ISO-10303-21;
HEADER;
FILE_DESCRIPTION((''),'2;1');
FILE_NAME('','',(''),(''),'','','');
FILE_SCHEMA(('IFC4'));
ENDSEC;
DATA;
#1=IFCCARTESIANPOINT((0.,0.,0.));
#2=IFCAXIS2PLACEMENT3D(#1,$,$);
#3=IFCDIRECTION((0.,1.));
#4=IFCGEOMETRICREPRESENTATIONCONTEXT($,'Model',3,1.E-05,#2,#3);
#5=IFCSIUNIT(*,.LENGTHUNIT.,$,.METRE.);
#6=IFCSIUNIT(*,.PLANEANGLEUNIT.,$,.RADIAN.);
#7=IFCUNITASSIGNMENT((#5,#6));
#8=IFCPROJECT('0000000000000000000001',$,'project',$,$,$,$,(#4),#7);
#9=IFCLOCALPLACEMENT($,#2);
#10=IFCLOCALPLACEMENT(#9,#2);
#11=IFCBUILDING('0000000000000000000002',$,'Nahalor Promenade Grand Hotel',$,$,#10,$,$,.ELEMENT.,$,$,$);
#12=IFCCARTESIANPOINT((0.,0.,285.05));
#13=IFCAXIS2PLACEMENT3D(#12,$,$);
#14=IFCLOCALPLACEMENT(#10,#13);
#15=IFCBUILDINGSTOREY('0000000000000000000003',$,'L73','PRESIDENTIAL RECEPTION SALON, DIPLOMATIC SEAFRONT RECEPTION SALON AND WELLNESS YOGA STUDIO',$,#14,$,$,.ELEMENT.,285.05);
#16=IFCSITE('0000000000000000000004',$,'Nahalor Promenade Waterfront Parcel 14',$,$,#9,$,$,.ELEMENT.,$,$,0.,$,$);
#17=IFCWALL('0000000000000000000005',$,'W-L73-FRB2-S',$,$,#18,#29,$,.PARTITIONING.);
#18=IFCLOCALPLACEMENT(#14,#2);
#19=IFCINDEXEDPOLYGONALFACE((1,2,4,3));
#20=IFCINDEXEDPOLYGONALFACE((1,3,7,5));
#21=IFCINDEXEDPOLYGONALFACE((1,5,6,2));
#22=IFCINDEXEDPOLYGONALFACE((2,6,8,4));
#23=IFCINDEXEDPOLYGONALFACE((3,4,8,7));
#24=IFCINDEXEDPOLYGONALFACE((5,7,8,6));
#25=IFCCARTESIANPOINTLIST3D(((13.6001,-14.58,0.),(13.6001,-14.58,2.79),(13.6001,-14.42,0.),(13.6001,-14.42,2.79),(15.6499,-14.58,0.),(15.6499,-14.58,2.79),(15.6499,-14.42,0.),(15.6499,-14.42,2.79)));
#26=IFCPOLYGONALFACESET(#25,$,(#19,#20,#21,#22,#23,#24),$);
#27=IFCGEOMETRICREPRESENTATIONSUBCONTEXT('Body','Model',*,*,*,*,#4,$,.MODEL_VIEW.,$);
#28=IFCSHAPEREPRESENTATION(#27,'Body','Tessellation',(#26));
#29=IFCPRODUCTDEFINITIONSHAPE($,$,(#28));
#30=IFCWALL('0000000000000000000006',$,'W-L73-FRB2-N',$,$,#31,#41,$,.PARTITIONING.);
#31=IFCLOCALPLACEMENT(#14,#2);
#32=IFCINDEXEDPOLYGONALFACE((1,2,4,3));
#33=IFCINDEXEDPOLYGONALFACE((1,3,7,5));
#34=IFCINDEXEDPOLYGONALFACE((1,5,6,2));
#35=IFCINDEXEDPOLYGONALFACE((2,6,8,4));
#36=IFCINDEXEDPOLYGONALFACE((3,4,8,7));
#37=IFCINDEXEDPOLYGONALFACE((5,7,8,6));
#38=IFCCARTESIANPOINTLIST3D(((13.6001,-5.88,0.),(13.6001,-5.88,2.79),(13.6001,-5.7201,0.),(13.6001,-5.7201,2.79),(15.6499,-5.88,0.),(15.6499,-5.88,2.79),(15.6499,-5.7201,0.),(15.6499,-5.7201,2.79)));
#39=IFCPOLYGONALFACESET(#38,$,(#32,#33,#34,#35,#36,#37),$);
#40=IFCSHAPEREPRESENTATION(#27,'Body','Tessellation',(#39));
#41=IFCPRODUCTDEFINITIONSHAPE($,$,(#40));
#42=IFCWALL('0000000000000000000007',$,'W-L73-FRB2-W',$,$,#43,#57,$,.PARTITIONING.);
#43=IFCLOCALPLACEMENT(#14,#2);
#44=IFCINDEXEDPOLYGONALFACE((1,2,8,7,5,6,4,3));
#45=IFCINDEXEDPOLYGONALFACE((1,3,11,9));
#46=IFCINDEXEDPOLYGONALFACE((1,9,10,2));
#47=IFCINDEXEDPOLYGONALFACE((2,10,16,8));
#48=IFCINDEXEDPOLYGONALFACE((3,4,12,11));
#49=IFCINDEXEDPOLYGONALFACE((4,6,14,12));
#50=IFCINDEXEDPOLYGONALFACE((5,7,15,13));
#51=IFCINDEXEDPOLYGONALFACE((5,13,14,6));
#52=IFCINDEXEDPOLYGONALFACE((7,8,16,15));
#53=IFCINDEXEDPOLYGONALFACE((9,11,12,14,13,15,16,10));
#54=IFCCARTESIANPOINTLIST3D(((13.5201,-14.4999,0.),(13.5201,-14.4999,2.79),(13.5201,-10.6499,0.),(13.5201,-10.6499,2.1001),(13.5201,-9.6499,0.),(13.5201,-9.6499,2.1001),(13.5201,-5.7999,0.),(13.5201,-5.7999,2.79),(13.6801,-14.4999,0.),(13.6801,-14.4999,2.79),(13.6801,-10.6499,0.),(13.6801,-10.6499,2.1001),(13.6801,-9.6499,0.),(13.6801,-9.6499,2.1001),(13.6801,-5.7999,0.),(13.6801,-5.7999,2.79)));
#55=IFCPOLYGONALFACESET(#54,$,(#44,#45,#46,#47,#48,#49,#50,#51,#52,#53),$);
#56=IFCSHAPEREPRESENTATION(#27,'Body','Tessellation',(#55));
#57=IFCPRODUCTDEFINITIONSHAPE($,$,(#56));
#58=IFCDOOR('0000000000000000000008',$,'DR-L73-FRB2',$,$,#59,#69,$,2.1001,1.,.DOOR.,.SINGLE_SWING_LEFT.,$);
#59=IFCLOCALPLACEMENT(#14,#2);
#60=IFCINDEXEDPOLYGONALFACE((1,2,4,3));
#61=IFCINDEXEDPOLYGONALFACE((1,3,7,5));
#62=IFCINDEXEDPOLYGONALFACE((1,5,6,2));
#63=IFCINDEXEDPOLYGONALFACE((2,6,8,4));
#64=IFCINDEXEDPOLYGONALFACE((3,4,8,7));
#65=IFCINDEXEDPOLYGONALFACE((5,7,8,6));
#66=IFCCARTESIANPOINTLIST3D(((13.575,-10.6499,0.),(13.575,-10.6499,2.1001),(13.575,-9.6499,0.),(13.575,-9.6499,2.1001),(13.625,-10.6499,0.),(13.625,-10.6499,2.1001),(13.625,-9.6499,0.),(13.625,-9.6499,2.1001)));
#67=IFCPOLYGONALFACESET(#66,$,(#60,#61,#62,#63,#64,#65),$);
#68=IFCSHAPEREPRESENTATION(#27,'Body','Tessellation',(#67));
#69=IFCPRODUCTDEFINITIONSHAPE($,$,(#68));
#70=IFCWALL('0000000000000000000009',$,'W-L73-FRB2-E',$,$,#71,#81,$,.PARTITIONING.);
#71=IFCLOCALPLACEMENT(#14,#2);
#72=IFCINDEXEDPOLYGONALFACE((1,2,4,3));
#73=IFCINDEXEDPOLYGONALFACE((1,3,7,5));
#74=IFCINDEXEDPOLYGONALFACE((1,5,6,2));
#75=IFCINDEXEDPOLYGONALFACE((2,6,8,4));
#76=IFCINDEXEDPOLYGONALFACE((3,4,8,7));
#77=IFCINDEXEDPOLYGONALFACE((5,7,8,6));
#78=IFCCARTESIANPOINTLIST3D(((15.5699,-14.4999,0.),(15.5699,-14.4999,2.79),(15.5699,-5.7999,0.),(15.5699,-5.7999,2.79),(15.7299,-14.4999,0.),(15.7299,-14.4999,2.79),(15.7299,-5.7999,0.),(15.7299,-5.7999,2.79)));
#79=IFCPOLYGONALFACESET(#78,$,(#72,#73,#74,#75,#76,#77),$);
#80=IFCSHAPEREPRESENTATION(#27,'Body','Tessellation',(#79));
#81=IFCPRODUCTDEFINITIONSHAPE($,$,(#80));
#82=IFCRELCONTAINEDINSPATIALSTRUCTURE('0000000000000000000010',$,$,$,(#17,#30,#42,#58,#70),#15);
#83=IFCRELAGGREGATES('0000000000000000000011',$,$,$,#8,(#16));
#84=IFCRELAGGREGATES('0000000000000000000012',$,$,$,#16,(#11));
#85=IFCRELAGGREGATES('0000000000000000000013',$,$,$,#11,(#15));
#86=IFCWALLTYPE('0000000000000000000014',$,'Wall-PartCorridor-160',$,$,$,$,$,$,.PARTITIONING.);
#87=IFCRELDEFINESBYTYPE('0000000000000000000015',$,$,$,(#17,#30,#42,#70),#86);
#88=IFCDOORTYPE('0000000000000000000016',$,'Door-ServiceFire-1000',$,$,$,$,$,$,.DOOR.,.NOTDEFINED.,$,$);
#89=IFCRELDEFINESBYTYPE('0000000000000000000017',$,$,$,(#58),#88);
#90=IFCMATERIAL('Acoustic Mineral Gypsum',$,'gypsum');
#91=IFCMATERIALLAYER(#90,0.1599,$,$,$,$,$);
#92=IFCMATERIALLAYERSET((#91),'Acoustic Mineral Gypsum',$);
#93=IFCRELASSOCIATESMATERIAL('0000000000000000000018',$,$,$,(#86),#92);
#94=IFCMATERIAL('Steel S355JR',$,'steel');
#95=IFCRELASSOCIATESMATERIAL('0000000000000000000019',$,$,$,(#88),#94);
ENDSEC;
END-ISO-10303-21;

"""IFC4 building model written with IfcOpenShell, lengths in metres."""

from ifc_helpers import new_model, si_unit, direction, frame, frame_2d, origin, place, context, subcontext, project, spatial, rectangle, extrude, source, transform, mapped, material, layer, layer_set, type_object, element, fill, save


model = new_model("IFC4")

# Units and contexts
model_context = context("Model", 3, precision=1e-05, world=origin(), true_north=direction((0.0, 1.0)))
body_context = subcontext(model_context, "Body", "Model", "MODEL_VIEW")
ifc_project = project(units=[si_unit("LENGTHUNIT", "METRE"), si_unit("PLANEANGLEUNIT", "RADIAN")], contexts=[model_context])

# Site, building, storey
site_placement = place(None, origin())
site = spatial("IfcSite", under=ifc_project, at=site_placement, Name="Nahalor Promenade Waterfront Parcel 14", CompositionType="ELEMENT", RefElevation=0.0)
building_placement = place(site_placement, origin())
building = spatial("IfcBuilding", under=site, at=building_placement, Name="Nahalor Promenade Grand Hotel", CompositionType="ELEMENT")
storey_placement = place(building_placement, frame((0.0, 0.0, 285.05)))
storey = spatial("IfcBuildingStorey", under=building, at=storey_placement, Name="L73", Description="PRESIDENTIAL RECEPTION SALON, DIPLOMATIC SEAFRONT RECEPTION SALON AND WELLNESS YOGA STUDIO", CompositionType="ELEMENT", Elevation=285.05)

# Shared definitions
ifc_material_1 = material(Name="Steel S355JR", Category="steel")

# Walls
ifc_material_2 = material(Name="Acoustic Mineral Gypsum", Category="gypsum")
ifc_layer_1 = layer(ifc_material_2, 0.1599)
ifc_layer_set_1 = layer_set([ifc_layer_1], Name="Acoustic Mineral Gypsum")
wall_type_1 = type_object("IfcWallType", Name="Wall-PartCorridor-160", PredefinedType="PARTITIONING", material=ifc_layer_set_1)
shared_shape_1 = source(origin(), body_context, "Body", "SweptSolid", [
    extrude(rectangle(XDim=2.0498, YDim=0.1599, at=frame_2d((1.0249, 0.0))), origin(), (0.0, 0.0, 1.0), 2.79),
])
for number, where, z_axis, x_axis, name in (
    (1, (13.6001, -14.5, 0.0), (0.0, 0.0, 1.0), (1.0, 0.0, 0.0), "W-L73-FRB2-S"),
    (2, (13.6001, -5.8, 0.0), (0.0, 0.0, 1.0), (1.0, 0.0, 0.0), "W-L73-FRB2-N"),
):
    element("IfcWall", number, at=place(storey_placement, frame(where, z_axis=z_axis, x_axis=x_axis)), inside=storey, type_object=wall_type_1, Name=name, PredefinedType="PARTITIONING", context=body_context, shape_type="MappedRepresentation", body=[
        mapped(shared_shape_1, transform((0.0, 0.0, 0.0), scale=1.0)),
    ])

# Wall, opening, door
shared_shape_2 = source(origin(), body_context, "Body", "SweptSolid", [
    extrude(rectangle(XDim=8.7, YDim=0.1599, at=frame_2d((4.3501, 0.0))), origin(), (0.0, 0.0, 1.0), 2.79),
])
wall_1_placement = place(storey_placement, frame((13.6001, -14.5, 0.0), z_axis=(0.0, 0.0, 1.0), x_axis=(0.0, 1.0, 0.0)))
wall_1 = element("IfcWall", 3, at=wall_1_placement, inside=storey, type_object=wall_type_1, Name="W-L73-FRB2-W", PredefinedType="PARTITIONING", context=body_context, shape_type="MappedRepresentation", body=[
    mapped(shared_shape_2, transform((0.0, 0.0, 0.0), scale=1.0)),
])
opening_1_placement = place(wall_1_placement, frame((3.8501, 0.0, 0.0)))
opening_1 = element("IfcOpeningElement", 4, at=opening_1_placement, cuts=wall_1, PredefinedType="OPENING", context=body_context, shape_type="SweptSolid", body=[
    extrude(rectangle(XDim=1.0, YDim=2.1001, at=frame_2d((0.5, 1.05))), frame((0.0, 0.0898, 0.0), z_axis=(0.0, -1.0, 0.0), x_axis=(1.0, 0.0, 0.0)), (0.0, 0.0, 1.0), 0.1799),
])
door_type_1 = type_object("IfcDoorType", Name="Door-ServiceFire-1000", OperationType="NOTDEFINED", PredefinedType="DOOR", material=ifc_material_1)
shared_shape_3 = source(origin(), body_context, "Body", "SweptSolid", [
    extrude(rectangle(XDim=1.0, YDim=2.1001, at=frame_2d((0.5, 1.05))), frame((0.0, 0.0249, 0.0), z_axis=(0.0, -1.0, 0.0), x_axis=(1.0, 0.0, 0.0)), (0.0, 0.0, 1.0), 0.05),
])
door_1_placement = place(opening_1_placement, frame((1.0, 0.0, 0.0), z_axis=(0.0, 0.0, 1.0), x_axis=(-1.0, 0.0, 0.0)))
door_1 = element("IfcDoor", 5, at=door_1_placement, inside=storey, type_object=door_type_1, Name="DR-L73-FRB2", OperationType="SINGLE_SWING_LEFT", OverallHeight=2.1001, OverallWidth=1.0, PredefinedType="DOOR", context=body_context, shape_type="MappedRepresentation", body=[
    mapped(shared_shape_3, transform((0.0, 0.0, 0.0), scale=1.0)),
])
fill(opening_1, door_1)

# Wall
wall_2_placement = place(storey_placement, frame((15.6499, -14.5, 0.0), z_axis=(0.0, 0.0, 1.0), x_axis=(0.0, 1.0, 0.0)))
element("IfcWall", 6, at=wall_2_placement, inside=storey, type_object=wall_type_1, Name="W-L73-FRB2-E", PredefinedType="PARTITIONING", context=body_context, shape_type="MappedRepresentation", body=[
    mapped(shared_shape_2, transform((0.0, 0.0, 0.0), scale=1.0)),
])

save(model, "model.ifc")
